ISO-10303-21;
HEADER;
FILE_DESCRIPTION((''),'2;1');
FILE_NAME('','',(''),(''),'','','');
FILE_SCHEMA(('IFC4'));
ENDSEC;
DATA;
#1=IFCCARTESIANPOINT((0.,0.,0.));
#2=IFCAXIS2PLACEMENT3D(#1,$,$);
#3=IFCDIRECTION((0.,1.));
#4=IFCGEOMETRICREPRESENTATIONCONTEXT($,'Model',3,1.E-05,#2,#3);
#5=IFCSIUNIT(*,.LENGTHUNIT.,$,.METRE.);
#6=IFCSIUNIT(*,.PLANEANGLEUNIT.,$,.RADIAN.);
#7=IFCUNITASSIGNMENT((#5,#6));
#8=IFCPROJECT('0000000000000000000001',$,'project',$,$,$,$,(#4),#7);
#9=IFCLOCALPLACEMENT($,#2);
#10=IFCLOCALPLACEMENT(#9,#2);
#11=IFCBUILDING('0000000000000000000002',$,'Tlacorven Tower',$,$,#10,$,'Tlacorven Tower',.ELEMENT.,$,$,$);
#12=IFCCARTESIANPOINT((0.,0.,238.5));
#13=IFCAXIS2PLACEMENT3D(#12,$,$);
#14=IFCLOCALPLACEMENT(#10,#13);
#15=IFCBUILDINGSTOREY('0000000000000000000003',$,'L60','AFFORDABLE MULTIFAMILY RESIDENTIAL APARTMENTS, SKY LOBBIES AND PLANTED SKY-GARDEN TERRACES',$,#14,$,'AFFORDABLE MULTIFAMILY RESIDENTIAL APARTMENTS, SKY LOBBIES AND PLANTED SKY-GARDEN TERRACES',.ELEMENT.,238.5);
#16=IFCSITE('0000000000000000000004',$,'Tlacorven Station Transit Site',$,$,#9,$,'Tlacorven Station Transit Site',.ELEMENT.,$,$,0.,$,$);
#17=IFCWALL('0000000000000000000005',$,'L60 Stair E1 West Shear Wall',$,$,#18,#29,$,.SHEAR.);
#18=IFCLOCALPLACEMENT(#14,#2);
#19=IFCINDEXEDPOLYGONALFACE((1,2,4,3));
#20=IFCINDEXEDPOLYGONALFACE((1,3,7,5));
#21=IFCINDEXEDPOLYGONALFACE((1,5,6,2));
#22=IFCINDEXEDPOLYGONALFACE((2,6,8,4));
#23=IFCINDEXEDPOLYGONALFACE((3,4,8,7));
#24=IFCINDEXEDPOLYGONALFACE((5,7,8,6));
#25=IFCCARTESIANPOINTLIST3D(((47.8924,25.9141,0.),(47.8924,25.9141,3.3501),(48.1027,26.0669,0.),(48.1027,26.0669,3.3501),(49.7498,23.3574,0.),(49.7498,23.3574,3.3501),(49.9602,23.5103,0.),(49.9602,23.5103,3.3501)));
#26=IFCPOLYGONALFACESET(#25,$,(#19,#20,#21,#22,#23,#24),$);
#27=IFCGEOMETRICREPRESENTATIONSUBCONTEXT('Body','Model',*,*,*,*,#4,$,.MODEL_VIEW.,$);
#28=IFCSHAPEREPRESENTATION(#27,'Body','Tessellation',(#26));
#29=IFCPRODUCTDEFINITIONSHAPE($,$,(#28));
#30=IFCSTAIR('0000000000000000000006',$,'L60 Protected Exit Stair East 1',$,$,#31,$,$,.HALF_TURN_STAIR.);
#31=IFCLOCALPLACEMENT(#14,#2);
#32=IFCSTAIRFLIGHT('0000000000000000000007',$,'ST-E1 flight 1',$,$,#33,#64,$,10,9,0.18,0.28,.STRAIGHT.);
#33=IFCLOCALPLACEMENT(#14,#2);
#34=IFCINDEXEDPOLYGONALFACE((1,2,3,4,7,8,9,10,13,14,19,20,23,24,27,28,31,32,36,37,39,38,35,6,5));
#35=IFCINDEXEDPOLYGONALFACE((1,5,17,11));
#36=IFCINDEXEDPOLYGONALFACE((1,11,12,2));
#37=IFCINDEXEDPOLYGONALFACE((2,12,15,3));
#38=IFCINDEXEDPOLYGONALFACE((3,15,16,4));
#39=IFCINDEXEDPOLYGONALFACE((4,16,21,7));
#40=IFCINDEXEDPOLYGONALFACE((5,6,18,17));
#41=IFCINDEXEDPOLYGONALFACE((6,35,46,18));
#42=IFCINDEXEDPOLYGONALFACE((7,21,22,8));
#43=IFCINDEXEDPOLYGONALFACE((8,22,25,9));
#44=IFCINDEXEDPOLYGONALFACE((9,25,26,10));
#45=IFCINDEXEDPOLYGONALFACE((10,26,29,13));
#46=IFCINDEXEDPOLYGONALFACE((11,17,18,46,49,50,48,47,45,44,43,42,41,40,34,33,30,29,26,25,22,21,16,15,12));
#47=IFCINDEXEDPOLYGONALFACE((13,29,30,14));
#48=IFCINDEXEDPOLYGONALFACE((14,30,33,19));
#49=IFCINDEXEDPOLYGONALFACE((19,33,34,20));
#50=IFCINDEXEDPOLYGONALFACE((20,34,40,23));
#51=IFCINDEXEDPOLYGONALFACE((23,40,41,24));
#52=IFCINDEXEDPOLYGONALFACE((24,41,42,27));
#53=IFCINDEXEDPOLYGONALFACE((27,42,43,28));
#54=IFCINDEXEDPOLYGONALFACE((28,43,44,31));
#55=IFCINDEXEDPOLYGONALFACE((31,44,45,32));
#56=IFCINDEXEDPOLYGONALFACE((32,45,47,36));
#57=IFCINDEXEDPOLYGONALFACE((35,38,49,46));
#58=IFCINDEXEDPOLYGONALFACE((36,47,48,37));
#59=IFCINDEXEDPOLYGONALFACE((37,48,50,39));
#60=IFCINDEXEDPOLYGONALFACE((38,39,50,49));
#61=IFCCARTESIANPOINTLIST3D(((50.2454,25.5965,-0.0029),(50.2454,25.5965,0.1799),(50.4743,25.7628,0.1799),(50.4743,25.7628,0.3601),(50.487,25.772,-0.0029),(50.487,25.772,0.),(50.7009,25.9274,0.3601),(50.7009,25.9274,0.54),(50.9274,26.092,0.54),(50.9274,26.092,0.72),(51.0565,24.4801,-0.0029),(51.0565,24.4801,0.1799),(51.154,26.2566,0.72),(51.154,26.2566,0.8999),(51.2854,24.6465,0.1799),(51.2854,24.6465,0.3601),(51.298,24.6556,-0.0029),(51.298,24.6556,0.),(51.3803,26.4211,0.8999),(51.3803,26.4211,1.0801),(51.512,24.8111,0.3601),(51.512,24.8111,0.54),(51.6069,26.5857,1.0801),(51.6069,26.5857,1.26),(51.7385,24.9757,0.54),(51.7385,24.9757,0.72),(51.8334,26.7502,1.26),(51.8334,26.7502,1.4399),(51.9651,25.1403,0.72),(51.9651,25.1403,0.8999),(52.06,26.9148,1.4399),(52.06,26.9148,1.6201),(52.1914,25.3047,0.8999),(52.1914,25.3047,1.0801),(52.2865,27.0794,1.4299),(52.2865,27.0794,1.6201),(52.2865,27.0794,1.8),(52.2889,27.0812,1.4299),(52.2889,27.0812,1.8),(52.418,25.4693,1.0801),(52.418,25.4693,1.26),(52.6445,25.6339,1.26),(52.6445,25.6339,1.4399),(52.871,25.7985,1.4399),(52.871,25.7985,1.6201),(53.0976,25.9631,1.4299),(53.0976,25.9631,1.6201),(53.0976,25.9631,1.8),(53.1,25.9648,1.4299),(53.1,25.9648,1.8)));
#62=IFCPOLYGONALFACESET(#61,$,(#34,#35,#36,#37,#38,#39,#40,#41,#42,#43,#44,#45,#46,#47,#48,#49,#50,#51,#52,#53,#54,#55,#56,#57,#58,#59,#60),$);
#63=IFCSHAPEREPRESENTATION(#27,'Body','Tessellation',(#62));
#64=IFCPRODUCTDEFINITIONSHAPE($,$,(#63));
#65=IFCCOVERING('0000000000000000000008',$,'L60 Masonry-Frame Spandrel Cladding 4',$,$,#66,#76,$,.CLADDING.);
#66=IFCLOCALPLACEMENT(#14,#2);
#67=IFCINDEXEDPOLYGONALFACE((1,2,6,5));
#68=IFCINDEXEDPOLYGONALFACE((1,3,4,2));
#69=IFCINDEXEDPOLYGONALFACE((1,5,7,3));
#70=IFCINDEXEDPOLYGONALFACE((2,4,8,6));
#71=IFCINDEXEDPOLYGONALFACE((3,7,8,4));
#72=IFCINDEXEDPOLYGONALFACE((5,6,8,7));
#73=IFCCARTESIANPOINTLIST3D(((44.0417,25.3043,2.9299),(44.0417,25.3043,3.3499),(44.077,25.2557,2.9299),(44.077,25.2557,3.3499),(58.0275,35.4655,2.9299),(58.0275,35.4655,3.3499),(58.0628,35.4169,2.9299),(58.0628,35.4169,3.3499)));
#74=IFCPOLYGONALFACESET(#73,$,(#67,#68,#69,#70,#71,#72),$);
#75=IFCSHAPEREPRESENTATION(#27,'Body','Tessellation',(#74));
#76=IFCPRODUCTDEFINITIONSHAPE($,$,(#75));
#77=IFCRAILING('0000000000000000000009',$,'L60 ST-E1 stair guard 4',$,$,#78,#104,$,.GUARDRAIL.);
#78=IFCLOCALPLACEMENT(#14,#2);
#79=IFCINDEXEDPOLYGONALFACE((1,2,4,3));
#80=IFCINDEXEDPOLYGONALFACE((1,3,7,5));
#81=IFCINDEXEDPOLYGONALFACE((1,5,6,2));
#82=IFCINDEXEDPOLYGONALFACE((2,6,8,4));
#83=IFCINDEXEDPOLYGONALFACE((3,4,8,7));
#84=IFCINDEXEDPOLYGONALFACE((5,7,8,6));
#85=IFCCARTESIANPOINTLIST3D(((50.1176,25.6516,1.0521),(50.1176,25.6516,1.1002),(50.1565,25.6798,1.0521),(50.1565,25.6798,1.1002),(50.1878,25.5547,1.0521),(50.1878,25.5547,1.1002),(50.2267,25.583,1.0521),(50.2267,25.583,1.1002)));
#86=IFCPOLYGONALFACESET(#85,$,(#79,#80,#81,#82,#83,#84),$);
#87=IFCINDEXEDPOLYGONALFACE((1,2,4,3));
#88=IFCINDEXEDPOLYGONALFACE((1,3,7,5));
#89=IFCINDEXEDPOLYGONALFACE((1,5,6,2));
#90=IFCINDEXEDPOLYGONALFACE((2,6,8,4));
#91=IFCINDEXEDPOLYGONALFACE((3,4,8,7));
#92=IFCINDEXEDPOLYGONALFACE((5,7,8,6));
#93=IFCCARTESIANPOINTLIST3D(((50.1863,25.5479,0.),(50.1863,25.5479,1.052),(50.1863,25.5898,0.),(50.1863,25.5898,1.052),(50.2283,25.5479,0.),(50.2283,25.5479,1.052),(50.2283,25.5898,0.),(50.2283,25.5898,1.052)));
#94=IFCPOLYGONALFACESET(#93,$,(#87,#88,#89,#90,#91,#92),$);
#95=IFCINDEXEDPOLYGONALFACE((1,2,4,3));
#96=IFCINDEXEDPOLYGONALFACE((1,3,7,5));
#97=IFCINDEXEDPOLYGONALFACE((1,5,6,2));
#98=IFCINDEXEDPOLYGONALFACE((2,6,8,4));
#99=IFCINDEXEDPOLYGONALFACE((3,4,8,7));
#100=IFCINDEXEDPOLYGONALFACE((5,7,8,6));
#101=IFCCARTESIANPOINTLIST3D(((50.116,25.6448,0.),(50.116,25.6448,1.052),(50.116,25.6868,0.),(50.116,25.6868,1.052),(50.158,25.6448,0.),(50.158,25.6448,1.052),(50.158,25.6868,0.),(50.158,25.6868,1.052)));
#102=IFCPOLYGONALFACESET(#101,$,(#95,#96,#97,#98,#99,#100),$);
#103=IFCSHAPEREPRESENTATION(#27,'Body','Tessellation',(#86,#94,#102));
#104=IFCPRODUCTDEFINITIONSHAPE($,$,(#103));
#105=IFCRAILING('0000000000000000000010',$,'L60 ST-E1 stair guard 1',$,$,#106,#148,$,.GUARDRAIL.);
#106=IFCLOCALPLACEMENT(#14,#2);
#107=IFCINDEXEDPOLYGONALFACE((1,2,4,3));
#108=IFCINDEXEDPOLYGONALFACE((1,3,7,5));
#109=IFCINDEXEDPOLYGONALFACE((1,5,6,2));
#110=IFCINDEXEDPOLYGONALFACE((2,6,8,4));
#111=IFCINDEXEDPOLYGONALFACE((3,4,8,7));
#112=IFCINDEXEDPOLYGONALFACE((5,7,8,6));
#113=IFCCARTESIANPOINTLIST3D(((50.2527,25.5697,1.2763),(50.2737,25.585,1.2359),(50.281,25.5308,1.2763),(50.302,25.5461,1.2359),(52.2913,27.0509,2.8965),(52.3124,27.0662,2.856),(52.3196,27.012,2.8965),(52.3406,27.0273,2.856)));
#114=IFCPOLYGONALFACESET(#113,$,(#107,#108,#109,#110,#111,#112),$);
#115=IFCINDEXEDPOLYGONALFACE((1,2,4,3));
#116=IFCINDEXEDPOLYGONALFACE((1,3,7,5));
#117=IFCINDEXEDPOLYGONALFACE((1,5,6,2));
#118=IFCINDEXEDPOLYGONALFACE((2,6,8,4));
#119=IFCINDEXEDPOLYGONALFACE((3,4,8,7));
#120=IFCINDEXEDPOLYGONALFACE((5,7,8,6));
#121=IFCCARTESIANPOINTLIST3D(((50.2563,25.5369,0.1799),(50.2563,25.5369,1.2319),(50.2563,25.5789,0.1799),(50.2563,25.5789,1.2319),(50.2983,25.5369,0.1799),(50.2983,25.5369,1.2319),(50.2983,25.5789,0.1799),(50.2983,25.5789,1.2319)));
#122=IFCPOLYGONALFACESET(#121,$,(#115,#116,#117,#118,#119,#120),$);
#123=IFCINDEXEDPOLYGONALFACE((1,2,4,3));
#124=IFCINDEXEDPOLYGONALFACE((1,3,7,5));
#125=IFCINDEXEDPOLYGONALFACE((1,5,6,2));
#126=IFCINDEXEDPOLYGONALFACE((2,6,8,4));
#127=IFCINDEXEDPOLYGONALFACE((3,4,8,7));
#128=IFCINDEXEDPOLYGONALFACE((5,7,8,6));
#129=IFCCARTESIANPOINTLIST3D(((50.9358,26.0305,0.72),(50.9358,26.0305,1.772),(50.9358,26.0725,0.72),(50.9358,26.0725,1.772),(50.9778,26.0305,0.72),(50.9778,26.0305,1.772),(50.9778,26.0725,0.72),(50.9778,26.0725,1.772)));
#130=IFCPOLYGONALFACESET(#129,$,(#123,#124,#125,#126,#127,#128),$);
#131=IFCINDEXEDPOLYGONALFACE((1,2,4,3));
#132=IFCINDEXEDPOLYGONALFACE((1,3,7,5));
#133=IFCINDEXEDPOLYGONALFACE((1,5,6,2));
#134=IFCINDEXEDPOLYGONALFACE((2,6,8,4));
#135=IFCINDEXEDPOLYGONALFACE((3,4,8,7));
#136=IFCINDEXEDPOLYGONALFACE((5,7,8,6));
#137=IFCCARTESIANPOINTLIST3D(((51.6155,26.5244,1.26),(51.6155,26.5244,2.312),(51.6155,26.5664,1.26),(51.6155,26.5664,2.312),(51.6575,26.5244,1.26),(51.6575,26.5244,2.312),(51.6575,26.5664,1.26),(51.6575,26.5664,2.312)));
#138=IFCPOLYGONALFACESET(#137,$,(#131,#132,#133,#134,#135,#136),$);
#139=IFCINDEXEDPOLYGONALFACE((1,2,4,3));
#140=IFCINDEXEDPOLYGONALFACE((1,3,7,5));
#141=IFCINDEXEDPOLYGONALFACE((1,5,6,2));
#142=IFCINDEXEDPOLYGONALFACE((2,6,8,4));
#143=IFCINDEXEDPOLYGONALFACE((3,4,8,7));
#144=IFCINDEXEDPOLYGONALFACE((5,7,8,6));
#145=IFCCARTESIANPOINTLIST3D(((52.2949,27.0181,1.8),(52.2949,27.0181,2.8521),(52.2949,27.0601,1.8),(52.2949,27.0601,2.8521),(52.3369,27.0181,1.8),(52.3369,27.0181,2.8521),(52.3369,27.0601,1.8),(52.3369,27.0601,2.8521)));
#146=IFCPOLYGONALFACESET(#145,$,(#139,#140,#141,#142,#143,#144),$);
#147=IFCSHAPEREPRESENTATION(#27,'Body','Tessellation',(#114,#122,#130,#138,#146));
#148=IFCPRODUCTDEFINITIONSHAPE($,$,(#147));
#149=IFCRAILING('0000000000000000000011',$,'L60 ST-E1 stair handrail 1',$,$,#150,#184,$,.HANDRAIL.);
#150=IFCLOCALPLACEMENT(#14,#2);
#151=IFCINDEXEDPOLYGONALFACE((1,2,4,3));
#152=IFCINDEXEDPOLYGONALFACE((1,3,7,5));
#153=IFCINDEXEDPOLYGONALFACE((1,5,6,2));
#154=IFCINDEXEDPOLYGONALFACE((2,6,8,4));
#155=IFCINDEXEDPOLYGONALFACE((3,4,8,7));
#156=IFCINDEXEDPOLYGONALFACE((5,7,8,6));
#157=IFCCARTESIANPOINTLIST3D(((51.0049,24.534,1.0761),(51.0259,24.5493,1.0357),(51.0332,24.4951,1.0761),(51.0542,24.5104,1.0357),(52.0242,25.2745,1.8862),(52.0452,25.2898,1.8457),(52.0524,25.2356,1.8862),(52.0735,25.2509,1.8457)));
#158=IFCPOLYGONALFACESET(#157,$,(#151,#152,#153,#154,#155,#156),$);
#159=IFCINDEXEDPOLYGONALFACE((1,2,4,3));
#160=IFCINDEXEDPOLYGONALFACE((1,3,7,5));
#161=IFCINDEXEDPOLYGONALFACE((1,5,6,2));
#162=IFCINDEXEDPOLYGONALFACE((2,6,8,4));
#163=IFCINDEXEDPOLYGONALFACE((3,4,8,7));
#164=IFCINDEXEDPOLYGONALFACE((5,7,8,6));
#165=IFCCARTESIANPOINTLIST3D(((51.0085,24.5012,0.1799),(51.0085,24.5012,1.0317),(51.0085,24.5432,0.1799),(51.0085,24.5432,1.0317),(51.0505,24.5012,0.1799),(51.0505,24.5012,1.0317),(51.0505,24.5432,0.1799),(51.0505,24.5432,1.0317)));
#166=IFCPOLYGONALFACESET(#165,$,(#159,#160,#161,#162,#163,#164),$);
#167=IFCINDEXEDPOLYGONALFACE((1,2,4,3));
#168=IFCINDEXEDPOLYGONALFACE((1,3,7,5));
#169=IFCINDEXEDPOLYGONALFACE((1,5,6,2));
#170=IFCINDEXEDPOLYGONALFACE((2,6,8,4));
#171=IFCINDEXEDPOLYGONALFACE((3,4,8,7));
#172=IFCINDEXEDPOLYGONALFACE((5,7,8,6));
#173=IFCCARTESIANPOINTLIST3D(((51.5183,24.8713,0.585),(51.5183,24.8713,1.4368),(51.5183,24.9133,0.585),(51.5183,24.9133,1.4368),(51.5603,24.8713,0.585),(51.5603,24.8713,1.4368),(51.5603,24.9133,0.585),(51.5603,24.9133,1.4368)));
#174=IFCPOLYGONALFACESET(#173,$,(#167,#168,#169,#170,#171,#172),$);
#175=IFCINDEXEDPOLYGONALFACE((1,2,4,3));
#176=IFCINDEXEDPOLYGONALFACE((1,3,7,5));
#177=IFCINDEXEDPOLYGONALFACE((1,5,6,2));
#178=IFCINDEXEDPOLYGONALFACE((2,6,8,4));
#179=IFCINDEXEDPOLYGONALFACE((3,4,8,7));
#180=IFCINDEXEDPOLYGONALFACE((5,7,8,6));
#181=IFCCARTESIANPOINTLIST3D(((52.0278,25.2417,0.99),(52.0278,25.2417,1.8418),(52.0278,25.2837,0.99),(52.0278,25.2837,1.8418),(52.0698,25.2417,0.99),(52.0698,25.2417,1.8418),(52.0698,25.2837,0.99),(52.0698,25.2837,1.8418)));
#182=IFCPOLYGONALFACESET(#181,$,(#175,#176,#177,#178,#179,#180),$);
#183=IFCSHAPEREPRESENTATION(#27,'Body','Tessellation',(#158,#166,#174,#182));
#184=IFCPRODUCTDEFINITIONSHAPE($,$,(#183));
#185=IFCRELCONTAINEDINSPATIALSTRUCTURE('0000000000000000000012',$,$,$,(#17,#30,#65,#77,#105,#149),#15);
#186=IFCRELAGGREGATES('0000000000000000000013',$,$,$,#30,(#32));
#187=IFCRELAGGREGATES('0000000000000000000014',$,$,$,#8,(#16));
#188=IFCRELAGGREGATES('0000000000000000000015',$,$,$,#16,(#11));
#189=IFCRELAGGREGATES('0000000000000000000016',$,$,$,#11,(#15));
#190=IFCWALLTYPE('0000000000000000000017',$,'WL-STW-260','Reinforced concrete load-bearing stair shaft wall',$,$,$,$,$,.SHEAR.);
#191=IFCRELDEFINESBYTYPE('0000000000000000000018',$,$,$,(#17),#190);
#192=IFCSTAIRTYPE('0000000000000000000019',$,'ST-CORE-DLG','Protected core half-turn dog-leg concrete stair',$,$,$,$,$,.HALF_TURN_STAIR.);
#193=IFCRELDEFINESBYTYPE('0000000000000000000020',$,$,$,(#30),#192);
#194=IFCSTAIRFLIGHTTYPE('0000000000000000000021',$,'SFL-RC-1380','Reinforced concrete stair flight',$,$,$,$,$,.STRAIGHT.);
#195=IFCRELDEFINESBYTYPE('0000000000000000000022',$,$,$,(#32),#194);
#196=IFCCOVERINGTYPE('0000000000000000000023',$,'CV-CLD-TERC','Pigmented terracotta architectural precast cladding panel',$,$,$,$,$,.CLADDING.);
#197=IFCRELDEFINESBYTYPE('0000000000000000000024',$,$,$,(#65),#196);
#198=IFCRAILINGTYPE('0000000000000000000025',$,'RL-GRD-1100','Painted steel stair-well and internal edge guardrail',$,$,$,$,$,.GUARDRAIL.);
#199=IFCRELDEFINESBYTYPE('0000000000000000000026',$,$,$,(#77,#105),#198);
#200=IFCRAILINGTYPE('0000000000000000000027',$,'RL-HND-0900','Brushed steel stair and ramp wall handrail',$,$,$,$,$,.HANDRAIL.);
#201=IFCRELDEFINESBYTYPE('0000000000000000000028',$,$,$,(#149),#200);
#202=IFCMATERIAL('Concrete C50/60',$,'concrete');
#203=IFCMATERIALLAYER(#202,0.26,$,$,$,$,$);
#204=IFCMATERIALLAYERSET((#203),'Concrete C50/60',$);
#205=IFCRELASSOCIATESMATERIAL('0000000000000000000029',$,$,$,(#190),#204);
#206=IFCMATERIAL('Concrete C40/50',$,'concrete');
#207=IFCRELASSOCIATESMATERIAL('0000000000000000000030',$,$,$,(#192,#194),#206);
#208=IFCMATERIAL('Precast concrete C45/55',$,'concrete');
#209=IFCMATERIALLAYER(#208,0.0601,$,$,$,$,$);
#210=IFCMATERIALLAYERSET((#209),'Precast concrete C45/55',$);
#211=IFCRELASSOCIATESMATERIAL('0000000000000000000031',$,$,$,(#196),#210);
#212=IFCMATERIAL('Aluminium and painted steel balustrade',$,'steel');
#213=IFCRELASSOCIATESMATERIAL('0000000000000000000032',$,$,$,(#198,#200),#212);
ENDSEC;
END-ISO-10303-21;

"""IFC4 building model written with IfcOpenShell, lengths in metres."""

from ifc_helpers import new_model, si_unit, direction, frame, frame_2d, origin, origin_2d, place, context, subcontext, project, spatial, polyline, rectangle, outline, extrude, source, transform, mapped, material, layer, layer_set, type_object, element, aggregate, save


model = new_model("IFC4")

# Units and contexts
model_context = context("Model", 3, precision=1e-05, world=origin(), true_north=direction((0.0, 1.0)))
body_context = subcontext(model_context, "Body", "Model", "MODEL_VIEW")
ifc_project = project(units=[si_unit("LENGTHUNIT", "METRE"), si_unit("PLANEANGLEUNIT", "RADIAN")], contexts=[model_context])

# Site, building, storey
site_placement = place(None, origin())
site = spatial("IfcSite", under=ifc_project, at=site_placement, Name="Tlacorven Station Transit Site", LongName="Tlacorven Station Transit Site", CompositionType="ELEMENT", RefElevation=0.0)
building_placement = place(site_placement, origin())
building = spatial("IfcBuilding", under=site, at=building_placement, Name="Tlacorven Tower", LongName="Tlacorven Tower", CompositionType="ELEMENT")
storey_placement = place(building_placement, frame((0.0, 0.0, 238.5)))
storey = spatial("IfcBuildingStorey", under=building, at=storey_placement, Name="L60", Description="AFFORDABLE MULTIFAMILY RESIDENTIAL APARTMENTS, SKY LOBBIES AND PLANTED SKY-GARDEN TERRACES", LongName="AFFORDABLE MULTIFAMILY RESIDENTIAL APARTMENTS, SKY LOBBIES AND PLANTED SKY-GARDEN TERRACES", CompositionType="ELEMENT", Elevation=238.5)

# Shared definitions
ifc_material_1 = material(Name="Concrete C50/60", Category="concrete")

# Shared definitions
ifc_material_2 = material(Name="Precast concrete C45/55", Category="concrete")

# Shared definitions
ifc_material_3 = material(Name="Concrete C40/50", Category="concrete")

# Shared definitions
ifc_layer_1 = layer(ifc_material_1, 0.26)
ifc_layer_set_1 = layer_set([ifc_layer_1], Name="Concrete C50/60")
wall_type_1 = type_object("IfcWallType", Name="WL-STW-260", Description="Reinforced concrete load-bearing stair shaft wall", PredefinedType="SHEAR", material=ifc_layer_set_1)

# Wall
wall_1_placement = place(storey_placement, frame((49.855, 23.4338, 0.0), z_axis=(0.0, 0.0, 1.0), x_axis=(-0.587767, 0.80903, 0.0)))
element("IfcWall", 1, at=wall_1_placement, inside=storey, type_object=wall_type_1, Name="L60 Stair E1 West Shear Wall", PredefinedType="SHEAR", context=body_context, shape_type="SweptSolid", body=[
    extrude(rectangle(XDim=3.1602, YDim=0.26, at=frame_2d((1.5801, 0.0))), origin(), (0.0, 0.0, 1.0), 3.3501),
])

# Stair, stair flight
stair_type = type_object("IfcStairType", Name="ST-CORE-DLG", Description="Protected core half-turn dog-leg concrete stair", PredefinedType="HALF_TURN_STAIR", material=ifc_material_3)
stair_placement = place(storey_placement, origin())
stair = element("IfcStair", 2, at=stair_placement, inside=storey, type_object=stair_type, Name="L60 Protected Exit Stair East 1", PredefinedType="HALF_TURN_STAIR")
stair_flight_type = type_object("IfcStairFlightType", Name="SFL-RC-1380", Description="Reinforced concrete stair flight", PredefinedType="STRAIGHT", material=ifc_material_3)
shared_shape_1 = source(origin(), body_context, "Body", "SweptSolid", [
    extrude(outline(polyline([(-0.0029, -0.0029), (-0.0029, 0.1799), (0.28, 0.1799), (0.28, 0.3601), (0.5601, 0.3601), (0.5601, 0.54), (0.8401, 0.54), (0.8401, 0.72), (1.1201, 0.72), (1.1201, 0.8999), (1.3999, 0.8999), (1.3999, 1.0801), (1.6799, 1.0801), (1.6799, 1.26), (1.96, 1.26), (1.96, 1.4399), (2.24, 1.4399), (2.24, 1.6201), (2.52, 1.6201), (2.52, 1.8), (2.5229, 1.8), (2.5229, 1.4299), (2.52, 1.4299), (0.2957, 0.0), (0.2957, -0.0029), (-0.0029, -0.0029)])), frame((0.0, 0.6899, 0.0), z_axis=(0.0, -1.0, 0.0), x_axis=(1.0, 0.0, 0.0)), (0.0, 0.0, 1.0), 1.3799),
])
stair_flight_placement = place(storey_placement, frame((50.6533, 25.04, 0.0), z_axis=(0.0, 0.0, 1.0), x_axis=(0.809017, 0.587785, 0.0)))
stair_flight = element("IfcStairFlight", 3, at=stair_flight_placement, type_object=stair_flight_type, Name="ST-E1 flight 1", NumberOfRisers=10, NumberOfTreads=9, PredefinedType="STRAIGHT", RiserHeight=0.18, TreadLength=0.28, context=body_context, shape_type="MappedRepresentation", body=[
    mapped(shared_shape_1, transform((0.0, 0.0, 0.0), scale=1.0)),
])
aggregate(stair, [stair_flight])

# Covering
ifc_layer_2 = layer(ifc_material_2, 0.0601)
ifc_layer_set_2 = layer_set([ifc_layer_2], Name="Precast concrete C45/55")
covering_type = type_object("IfcCoveringType", Name="CV-CLD-TERC", Description="Pigmented terracotta architectural precast cladding panel", PredefinedType="CLADDING", material=ifc_layer_set_2)
shared_shape_2 = source(origin(), body_context, "Body", "SweptSolid", [
    extrude(rectangle(XDim=17.2874, YDim=0.0601, at=origin_2d()), origin(), (0.0, 0.0, 1.0), 0.4199),
])
covering_placement = place(storey_placement, frame((51.0522, 30.3606, 2.9299), z_axis=(0.0, 0.0, 1.0), x_axis=(0.809017, 0.587785, 0.0)))
element("IfcCovering", 4, at=covering_placement, inside=storey, type_object=covering_type, Name="L60 Masonry-Frame Spandrel Cladding 4", PredefinedType="CLADDING", context=body_context, shape_type="MappedRepresentation", body=[
    mapped(shared_shape_2, transform((0.0, 0.0, 0.0), scale=1.0)),
])

# Railings
ifc_material_4 = material(Name="Aluminium and painted steel balustrade", Category="steel")
railing_type_1 = type_object("IfcRailingType", Name="RL-GRD-1100", Description="Painted steel stair-well and internal edge guardrail", PredefinedType="GUARDRAIL", material=ifc_material_4)
shared_shape_3 = source(origin(), body_context, "Body", "SweptSolid", [
    extrude(rectangle(XDim=0.0481, YDim=0.0481, at=origin_2d()), frame((0.0, 0.0, 1.0762), z_axis=(-0.587201, 0.809441, 0.0), x_axis=(-0.809441, -0.587201, 0.0)), (0.0, 0.0, 1.0), 0.1196),
    extrude(rectangle(XDim=0.042, YDim=0.042, at=origin_2d()), origin(), (0.0, 0.0, 1.0), 1.052),
    extrude(rectangle(XDim=0.042, YDim=0.042, at=origin_2d()), frame((-0.0703, 0.0969, 0.0)), (0.0, 0.0, 1.0), 1.052),
])
railing_1_placement = place(storey_placement, frame((50.2073, 25.5688, 0.0)))
element("IfcRailing", 5, at=railing_1_placement, inside=storey, type_object=railing_type_1, Name="L60 ST-E1 stair guard 4", PredefinedType="GUARDRAIL", context=body_context, shape_type="MappedRepresentation", body=[
    mapped(shared_shape_3, transform((0.0, 0.0, 0.0), scale=1.0)),
])
shared_shape_4 = source(origin(), body_context, "Body", "SweptSolid", [
    extrude(rectangle(XDim=0.0481, YDim=0.0481, at=origin_2d()), frame((0.0, 0.0, 1.0762), z_axis=(0.680489, 0.494434, 0.540805), x_axis=(-0.587809, 0.809, 0.0)), (0.0, 0.0, 1.0), 2.9958),
    extrude(rectangle(XDim=0.042, YDim=0.042, at=origin_2d()), origin(), (0.0, 0.0, 1.0), 1.052),
    extrude(rectangle(XDim=0.042, YDim=0.042, at=origin_2d()), frame((0.6794, 0.4937, 0.54)), (0.0, 0.0, 1.0), 1.052),
    extrude(rectangle(XDim=0.042, YDim=0.042, at=origin_2d()), frame((1.3591, 0.9875, 1.0801)), (0.0, 0.0, 1.0), 1.052),
    extrude(rectangle(XDim=0.042, YDim=0.042, at=origin_2d()), frame((2.0386, 1.4812, 1.6201)), (0.0, 0.0, 1.0), 1.052),
])
railing_2_placement = place(storey_placement, frame((50.2773, 25.5579, 0.1799)))
element("IfcRailing", 6, at=railing_2_placement, inside=storey, type_object=railing_type_1, Name="L60 ST-E1 stair guard 1", PredefinedType="GUARDRAIL", context=body_context, shape_type="MappedRepresentation", body=[
    mapped(shared_shape_4, transform((0.0, 0.0, 0.0), scale=1.0)),
])
railing_type_2 = type_object("IfcRailingType", Name="RL-HND-0900", Description="Brushed steel stair and ramp wall handrail", PredefinedType="HANDRAIL", material=ifc_material_4)
shared_shape_5 = source(origin(), body_context, "Body", "SweptSolid", [
    extrude(rectangle(XDim=0.0481, YDim=0.0481, at=origin_2d()), frame((0.0, 0.0, 0.876), z_axis=(0.680516, 0.494373, 0.540827), x_axis=(-0.587745, 0.809046, 0.0)), (0.0, 0.0, 1.0), 1.4978),
    extrude(rectangle(XDim=0.042, YDim=0.042, at=origin_2d()), origin(), (0.0, 0.0, 1.0), 0.8518),
    extrude(rectangle(XDim=0.042, YDim=0.042, at=origin_2d()), frame((0.5098, 0.3701, 0.405)), (0.0, 0.0, 1.0), 0.8518),
    extrude(rectangle(XDim=0.042, YDim=0.042, at=origin_2d()), frame((1.0193, 0.7405, 0.8101)), (0.0, 0.0, 1.0), 0.8518),
])
railing_3_placement = place(storey_placement, frame((51.0295, 24.5222, 0.1799)))
element("IfcRailing", 7, at=railing_3_placement, inside=storey, type_object=railing_type_2, Name="L60 ST-E1 stair handrail 1", PredefinedType="HANDRAIL", context=body_context, shape_type="MappedRepresentation", body=[
    mapped(shared_shape_5, transform((0.0, 0.0, 0.0), scale=1.0)),
])

save(model, "model.ifc")
